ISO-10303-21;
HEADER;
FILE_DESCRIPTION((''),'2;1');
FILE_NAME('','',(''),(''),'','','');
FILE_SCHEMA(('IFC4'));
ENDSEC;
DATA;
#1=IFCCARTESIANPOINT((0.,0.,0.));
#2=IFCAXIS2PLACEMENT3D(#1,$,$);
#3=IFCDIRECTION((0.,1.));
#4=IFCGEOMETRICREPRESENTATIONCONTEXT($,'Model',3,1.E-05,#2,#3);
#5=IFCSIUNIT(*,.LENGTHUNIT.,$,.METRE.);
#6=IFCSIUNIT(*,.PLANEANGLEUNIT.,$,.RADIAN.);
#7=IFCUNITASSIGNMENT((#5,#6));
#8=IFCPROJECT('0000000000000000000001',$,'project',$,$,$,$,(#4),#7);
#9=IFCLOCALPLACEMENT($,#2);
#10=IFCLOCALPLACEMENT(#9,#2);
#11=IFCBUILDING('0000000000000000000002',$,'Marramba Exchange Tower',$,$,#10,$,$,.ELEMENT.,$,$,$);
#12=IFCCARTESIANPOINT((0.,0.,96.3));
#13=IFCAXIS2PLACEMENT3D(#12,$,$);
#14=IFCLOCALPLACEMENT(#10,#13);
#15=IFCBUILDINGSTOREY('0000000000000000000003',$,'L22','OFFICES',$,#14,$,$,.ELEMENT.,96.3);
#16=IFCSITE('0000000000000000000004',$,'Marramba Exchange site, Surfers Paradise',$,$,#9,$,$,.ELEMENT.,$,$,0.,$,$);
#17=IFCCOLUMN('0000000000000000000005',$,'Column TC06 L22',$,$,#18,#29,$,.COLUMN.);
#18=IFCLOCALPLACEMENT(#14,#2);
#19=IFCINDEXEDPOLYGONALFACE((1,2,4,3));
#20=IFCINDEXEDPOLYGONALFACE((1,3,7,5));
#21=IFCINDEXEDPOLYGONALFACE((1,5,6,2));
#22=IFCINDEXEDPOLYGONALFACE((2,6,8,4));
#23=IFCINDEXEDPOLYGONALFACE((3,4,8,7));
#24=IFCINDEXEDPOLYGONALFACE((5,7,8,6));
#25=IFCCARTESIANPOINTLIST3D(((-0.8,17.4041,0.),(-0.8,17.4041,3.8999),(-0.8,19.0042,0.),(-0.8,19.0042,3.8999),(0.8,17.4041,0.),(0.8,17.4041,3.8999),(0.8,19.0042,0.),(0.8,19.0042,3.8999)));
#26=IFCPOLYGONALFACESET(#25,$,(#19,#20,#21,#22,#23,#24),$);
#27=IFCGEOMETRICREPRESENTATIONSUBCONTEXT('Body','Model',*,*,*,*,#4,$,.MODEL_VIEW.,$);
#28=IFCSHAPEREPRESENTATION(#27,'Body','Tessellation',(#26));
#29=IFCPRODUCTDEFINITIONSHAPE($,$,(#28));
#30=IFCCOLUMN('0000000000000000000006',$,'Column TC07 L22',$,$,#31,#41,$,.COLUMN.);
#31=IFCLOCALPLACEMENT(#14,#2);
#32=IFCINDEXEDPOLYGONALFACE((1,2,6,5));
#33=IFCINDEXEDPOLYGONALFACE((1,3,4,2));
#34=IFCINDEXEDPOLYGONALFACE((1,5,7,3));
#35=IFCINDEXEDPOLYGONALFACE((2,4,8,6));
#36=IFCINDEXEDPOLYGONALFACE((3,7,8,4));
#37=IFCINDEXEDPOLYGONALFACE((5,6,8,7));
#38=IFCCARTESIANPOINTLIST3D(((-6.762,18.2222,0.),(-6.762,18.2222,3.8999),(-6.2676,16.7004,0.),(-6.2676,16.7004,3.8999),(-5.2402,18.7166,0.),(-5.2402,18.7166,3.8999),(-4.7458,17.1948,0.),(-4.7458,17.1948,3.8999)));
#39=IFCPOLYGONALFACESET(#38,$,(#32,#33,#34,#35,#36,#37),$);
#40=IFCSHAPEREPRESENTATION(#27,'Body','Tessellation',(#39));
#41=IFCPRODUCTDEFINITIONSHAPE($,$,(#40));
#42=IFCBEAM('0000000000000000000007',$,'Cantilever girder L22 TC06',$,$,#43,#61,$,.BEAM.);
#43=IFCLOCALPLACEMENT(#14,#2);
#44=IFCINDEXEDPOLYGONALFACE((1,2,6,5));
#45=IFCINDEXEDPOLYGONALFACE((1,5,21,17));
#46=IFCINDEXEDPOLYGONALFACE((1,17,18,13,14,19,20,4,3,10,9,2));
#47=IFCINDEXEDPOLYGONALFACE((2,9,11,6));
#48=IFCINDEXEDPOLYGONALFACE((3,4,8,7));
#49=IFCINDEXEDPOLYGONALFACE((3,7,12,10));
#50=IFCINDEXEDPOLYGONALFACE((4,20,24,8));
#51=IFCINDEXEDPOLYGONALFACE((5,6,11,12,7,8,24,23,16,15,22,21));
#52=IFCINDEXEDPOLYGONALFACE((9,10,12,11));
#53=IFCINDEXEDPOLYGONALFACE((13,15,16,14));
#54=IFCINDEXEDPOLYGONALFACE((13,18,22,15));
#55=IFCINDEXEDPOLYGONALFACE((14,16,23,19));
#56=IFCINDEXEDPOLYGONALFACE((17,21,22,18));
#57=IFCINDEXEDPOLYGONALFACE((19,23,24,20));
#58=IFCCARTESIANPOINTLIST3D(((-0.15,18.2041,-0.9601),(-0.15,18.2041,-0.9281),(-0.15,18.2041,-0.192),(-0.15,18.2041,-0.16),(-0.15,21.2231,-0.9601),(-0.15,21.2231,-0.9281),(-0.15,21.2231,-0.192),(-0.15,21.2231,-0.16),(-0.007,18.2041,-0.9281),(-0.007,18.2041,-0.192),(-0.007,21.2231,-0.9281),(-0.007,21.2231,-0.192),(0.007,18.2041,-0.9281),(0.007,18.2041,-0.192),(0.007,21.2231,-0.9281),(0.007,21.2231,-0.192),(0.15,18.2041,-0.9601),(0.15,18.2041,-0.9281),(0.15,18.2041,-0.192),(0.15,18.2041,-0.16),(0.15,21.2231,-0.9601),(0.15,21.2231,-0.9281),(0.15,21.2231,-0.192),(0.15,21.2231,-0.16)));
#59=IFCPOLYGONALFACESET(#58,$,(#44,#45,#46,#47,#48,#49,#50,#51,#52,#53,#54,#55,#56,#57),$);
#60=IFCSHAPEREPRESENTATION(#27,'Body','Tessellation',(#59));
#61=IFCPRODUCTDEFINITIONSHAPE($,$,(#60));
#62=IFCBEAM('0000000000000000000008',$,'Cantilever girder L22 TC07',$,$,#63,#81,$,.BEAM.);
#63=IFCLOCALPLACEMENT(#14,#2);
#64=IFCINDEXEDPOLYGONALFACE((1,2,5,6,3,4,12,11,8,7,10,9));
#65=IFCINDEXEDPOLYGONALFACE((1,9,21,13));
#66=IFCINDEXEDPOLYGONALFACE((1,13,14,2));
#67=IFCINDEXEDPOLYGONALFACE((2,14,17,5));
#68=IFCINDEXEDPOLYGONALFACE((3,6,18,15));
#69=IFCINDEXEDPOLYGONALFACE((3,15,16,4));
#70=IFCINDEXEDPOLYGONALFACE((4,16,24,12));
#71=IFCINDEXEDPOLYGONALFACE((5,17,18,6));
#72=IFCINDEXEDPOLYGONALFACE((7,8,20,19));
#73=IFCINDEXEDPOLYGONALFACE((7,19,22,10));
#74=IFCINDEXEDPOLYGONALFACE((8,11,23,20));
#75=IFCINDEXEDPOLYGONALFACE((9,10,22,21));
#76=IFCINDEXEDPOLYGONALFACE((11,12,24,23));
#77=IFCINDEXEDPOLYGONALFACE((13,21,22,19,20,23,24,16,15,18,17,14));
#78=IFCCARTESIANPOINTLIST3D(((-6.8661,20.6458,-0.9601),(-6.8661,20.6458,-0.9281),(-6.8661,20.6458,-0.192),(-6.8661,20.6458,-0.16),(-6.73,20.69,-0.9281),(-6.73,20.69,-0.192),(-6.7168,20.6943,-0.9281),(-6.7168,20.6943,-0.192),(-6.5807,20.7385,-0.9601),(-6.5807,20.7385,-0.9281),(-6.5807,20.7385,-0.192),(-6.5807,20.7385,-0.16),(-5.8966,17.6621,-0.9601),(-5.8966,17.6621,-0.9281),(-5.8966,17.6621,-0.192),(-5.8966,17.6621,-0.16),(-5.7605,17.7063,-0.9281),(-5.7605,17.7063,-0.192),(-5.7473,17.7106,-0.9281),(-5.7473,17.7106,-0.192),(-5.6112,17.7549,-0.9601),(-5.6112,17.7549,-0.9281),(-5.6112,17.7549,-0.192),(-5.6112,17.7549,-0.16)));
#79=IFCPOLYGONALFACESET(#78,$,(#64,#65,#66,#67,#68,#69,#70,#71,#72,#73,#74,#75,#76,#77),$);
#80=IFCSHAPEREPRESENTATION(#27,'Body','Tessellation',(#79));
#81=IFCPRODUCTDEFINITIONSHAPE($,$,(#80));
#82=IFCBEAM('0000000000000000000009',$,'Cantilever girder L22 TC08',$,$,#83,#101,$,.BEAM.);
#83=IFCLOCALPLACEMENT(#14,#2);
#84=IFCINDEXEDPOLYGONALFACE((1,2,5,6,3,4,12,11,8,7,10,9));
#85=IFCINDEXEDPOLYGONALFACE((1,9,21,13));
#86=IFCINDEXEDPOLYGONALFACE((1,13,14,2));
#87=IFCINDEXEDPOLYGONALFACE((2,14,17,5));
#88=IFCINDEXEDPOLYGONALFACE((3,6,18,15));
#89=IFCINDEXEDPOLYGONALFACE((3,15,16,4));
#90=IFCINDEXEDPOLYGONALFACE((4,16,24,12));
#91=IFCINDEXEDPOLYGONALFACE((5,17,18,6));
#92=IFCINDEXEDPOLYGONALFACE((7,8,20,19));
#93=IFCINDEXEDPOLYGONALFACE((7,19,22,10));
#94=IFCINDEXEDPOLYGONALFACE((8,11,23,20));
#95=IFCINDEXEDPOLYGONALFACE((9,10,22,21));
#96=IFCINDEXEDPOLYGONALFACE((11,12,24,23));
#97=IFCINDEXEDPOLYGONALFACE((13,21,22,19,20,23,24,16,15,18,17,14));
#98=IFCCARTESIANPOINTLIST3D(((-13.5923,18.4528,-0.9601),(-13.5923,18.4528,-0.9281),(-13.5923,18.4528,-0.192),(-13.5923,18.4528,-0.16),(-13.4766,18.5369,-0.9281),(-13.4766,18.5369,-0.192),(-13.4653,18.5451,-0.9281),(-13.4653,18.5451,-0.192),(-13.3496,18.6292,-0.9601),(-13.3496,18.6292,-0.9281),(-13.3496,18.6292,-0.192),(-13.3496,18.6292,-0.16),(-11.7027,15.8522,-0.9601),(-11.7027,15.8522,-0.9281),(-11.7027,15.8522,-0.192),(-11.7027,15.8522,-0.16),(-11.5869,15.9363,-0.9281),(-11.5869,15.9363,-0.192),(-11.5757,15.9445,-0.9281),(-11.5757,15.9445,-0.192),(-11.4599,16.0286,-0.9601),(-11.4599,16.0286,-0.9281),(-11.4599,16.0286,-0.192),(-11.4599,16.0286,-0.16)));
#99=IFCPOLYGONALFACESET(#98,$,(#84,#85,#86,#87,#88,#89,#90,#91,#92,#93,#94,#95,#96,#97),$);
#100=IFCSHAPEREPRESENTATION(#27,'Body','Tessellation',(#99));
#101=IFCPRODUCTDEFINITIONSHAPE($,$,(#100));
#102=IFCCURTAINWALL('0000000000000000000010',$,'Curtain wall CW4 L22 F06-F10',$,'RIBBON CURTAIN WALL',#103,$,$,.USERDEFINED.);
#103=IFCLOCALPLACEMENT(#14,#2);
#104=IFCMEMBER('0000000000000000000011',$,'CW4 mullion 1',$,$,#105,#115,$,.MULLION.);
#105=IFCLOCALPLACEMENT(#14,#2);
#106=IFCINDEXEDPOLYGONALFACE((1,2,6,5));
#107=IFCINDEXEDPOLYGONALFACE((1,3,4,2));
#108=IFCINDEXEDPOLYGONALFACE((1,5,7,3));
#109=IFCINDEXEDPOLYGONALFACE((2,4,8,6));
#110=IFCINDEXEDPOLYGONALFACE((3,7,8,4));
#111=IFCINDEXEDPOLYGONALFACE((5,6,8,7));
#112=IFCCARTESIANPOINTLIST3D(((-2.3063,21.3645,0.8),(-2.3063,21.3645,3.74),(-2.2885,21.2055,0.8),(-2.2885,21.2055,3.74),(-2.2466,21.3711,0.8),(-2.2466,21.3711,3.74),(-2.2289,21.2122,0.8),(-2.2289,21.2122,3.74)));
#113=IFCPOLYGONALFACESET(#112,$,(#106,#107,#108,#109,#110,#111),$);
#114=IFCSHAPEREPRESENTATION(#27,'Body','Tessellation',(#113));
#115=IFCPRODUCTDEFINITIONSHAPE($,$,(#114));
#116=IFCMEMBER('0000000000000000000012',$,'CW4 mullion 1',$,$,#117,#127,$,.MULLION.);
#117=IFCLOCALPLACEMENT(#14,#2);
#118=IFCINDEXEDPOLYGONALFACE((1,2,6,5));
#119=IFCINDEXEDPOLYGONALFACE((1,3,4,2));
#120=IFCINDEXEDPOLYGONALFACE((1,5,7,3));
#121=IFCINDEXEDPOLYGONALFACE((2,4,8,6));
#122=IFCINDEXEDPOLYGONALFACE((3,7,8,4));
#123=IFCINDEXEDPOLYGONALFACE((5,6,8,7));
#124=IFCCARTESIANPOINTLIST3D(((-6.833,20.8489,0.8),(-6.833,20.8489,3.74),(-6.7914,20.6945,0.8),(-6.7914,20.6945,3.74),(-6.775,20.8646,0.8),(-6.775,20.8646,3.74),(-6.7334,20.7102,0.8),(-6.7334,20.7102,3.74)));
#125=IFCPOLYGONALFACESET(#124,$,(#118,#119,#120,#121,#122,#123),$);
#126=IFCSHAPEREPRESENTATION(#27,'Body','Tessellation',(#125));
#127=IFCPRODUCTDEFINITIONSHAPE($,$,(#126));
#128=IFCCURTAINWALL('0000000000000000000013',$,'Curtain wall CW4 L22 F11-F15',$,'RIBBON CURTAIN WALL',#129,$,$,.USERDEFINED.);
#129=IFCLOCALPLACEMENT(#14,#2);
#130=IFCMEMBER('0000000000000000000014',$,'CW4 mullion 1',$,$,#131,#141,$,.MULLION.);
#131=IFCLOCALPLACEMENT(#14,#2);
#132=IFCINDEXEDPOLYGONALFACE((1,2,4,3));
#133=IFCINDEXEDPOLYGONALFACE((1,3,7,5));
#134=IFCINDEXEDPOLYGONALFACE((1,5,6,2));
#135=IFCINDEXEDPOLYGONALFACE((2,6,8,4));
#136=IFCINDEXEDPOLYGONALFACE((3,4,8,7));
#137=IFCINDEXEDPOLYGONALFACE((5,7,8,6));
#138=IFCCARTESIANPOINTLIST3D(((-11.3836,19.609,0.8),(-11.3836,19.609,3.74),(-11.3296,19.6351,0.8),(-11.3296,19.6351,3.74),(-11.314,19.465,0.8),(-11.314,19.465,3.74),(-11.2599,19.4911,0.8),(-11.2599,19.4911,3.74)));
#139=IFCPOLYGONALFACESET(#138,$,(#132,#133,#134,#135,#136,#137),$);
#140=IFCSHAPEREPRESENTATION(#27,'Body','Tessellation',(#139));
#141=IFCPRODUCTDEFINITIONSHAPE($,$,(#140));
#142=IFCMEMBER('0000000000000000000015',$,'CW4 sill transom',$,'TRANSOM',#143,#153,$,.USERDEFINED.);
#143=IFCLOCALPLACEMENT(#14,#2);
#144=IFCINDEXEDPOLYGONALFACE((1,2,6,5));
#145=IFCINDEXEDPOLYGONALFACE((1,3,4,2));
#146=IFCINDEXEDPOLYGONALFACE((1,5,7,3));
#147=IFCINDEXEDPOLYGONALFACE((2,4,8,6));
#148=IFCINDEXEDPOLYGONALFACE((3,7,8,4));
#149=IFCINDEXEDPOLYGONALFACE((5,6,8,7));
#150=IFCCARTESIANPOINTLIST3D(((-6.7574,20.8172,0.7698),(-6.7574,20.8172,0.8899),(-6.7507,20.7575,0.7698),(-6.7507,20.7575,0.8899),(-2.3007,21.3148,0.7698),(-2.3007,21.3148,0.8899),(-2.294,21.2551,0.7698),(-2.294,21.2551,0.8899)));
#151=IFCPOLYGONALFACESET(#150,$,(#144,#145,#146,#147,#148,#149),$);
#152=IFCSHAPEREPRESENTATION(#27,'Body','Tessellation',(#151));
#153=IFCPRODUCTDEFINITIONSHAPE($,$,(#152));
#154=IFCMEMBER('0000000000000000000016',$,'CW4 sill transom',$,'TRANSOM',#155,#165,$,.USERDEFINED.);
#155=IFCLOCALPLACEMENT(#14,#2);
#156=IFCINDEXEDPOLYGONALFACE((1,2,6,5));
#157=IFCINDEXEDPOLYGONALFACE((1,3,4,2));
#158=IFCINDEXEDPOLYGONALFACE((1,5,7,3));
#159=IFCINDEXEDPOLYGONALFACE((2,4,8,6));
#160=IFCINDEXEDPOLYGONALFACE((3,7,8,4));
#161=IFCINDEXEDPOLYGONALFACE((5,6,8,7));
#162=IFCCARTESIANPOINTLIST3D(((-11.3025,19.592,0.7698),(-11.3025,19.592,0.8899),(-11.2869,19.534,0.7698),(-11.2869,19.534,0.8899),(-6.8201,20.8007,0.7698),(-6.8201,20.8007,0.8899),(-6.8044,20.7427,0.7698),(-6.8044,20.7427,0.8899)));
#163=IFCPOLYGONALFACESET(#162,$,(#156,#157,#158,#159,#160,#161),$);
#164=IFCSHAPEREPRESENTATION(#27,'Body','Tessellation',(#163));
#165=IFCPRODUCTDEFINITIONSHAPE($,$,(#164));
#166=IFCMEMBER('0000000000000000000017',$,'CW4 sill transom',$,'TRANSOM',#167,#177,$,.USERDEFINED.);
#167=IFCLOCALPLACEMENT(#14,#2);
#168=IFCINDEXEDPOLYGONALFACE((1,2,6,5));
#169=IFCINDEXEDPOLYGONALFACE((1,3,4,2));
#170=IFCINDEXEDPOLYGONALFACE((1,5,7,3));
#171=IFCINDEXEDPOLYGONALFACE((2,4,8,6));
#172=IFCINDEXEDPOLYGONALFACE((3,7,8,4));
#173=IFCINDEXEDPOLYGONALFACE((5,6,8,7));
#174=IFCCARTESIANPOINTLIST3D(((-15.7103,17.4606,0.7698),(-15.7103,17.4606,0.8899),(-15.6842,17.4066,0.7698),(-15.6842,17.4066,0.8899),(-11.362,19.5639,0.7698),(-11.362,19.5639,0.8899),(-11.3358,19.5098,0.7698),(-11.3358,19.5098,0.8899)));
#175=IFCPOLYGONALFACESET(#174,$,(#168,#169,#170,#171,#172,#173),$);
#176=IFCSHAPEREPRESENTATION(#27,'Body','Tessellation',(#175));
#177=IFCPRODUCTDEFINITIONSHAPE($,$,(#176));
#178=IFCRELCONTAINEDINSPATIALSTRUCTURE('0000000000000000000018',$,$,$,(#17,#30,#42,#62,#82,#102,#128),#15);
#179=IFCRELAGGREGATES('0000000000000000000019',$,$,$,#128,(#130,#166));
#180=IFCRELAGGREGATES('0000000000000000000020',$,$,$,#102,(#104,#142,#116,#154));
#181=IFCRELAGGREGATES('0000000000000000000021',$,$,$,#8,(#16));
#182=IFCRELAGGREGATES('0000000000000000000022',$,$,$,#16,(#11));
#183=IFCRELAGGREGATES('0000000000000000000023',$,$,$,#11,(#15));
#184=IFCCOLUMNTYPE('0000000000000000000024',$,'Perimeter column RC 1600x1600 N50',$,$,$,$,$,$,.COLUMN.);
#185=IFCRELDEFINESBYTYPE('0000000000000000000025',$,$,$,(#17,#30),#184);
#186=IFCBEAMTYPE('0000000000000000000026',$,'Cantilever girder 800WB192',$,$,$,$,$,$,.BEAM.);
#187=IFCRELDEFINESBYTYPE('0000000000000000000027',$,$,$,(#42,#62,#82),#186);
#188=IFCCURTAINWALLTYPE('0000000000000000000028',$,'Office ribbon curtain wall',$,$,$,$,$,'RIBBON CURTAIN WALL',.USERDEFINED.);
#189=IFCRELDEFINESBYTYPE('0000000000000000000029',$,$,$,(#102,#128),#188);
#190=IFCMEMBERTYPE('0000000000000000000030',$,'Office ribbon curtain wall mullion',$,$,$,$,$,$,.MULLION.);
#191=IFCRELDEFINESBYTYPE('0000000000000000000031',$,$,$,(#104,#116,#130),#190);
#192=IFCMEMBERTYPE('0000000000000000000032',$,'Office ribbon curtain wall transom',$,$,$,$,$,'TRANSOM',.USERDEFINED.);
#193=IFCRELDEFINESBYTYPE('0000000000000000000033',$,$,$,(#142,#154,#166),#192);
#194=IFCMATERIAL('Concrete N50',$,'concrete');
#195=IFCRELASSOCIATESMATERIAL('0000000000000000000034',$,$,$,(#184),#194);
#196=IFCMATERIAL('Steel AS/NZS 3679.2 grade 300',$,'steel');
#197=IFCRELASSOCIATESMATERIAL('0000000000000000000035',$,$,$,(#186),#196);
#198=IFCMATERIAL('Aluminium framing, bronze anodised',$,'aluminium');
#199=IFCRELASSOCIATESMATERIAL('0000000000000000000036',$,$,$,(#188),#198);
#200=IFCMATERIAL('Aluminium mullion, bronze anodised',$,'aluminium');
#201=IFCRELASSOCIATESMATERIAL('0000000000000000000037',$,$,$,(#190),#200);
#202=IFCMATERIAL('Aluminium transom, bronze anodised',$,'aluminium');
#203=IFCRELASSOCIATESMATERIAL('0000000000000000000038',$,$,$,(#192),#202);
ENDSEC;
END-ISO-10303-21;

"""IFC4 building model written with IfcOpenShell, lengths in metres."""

from ifc_helpers import new_model, si_unit, direction, frame, origin, origin_2d, place, context, subcontext, project, spatial, rectangle, i_section, extrude, material, material_profile, profile_set, type_object, element, aggregate, save


model = new_model("IFC4")

# Units and contexts
model_context = context("Model", 3, precision=1e-05, world=origin(), true_north=direction((0.0, 1.0)))
body_context = subcontext(model_context, "Body", "Model", "MODEL_VIEW")
ifc_project = project(units=[si_unit("LENGTHUNIT", "METRE"), si_unit("PLANEANGLEUNIT", "RADIAN")], contexts=[model_context])

# Site, building, storey
site_placement = place(None, origin())
site = spatial("IfcSite", under=ifc_project, at=site_placement, Name="Marramba Exchange site, Surfers Paradise", CompositionType="ELEMENT", RefElevation=0.0)
building_placement = place(site_placement, origin())
building = spatial("IfcBuilding", under=site, at=building_placement, Name="Marramba Exchange Tower", CompositionType="ELEMENT")
storey_placement = place(building_placement, frame((0.0, 0.0, 96.3)))
storey = spatial("IfcBuildingStorey", under=building, at=storey_placement, Name="L22", Description="OFFICES", CompositionType="ELEMENT", Elevation=96.3)

# Columns
ifc_material_1 = material(Name="Concrete N50", Category="concrete")
ifc_material_profile_1 = material_profile(ifc_material_1, rectangle(XDim=1.6001, YDim=1.6001, at=origin_2d()), Name="RC 1600x1600")
ifc_profile_set_1 = profile_set([ifc_material_profile_1], Name="Concrete N50")
column_type = type_object("IfcColumnType", Name="Perimeter column RC 1600x1600 N50", PredefinedType="COLUMN", material=ifc_profile_set_1)
for number, where, z_axis, x_axis, name in (
    (1, (0.0, 18.2041, 0.0), (0.0, 0.0, 1.0), (0.0, 1.0, 0.0), "Column TC06 L22"),
    (2, (-5.7539, 17.7085, 0.0), (0.0, 0.0, 1.0), (-0.309017, 0.951057, 0.0), "Column TC07 L22"),
):
    element("IfcColumn", number, at=place(storey_placement, frame(where, z_axis=z_axis, x_axis=x_axis)), inside=storey, type_object=column_type, Name=name, PredefinedType="COLUMN", context=body_context, shape_type="SweptSolid", body=[
        extrude(rectangle(XDim=1.6001, YDim=1.6001, at=origin_2d()), origin(), (0.0, 0.0, 1.0), 3.8999),
    ])

# Beams
ifc_material_2 = material(Name="Steel AS/NZS 3679.2 grade 300", Category="steel")
ifc_material_profile_2 = material_profile(ifc_material_2, i_section(OverallWidth=0.3, OverallDepth=0.8, WebThickness=0.0139, FlangeThickness=0.032, at=origin_2d()), Name="800WB192")
ifc_profile_set_2 = profile_set([ifc_material_profile_2], Name="Steel AS/NZS 3679.2 grade 300")
beam_type_1 = type_object("IfcBeamType", Name="Cantilever girder 800WB192", PredefinedType="BEAM", material=ifc_profile_set_2)
beam_1_placement = place(storey_placement, frame((0.0, 18.2041, -0.5601), z_axis=(0.0, 1.0, 0.0), x_axis=(-1.0, 0.0, 0.0)))
element("IfcBeam", 3, at=beam_1_placement, inside=storey, type_object=beam_type_1, Name="Cantilever girder L22 TC06", PredefinedType="BEAM", context=body_context, shape_type="SweptSolid", body=[
    extrude(i_section(OverallWidth=0.3, OverallDepth=0.8, WebThickness=0.0139, FlangeThickness=0.032, at=origin_2d()), origin(), (0.0, 0.0, 1.0), 3.019),
])
beam_2_placement = place(storey_placement, frame((-5.7539, 17.7085, -0.5601), z_axis=(-0.309028, 0.951053, 0.0), x_axis=(-0.951053, -0.309028, 0.0)))
element("IfcBeam", 4, at=beam_2_placement, inside=storey, type_object=beam_type_1, Name="Cantilever girder L22 TC07", PredefinedType="BEAM", context=body_context, shape_type="SweptSolid", body=[
    extrude(i_section(OverallWidth=0.3, OverallDepth=0.8, WebThickness=0.0139, FlangeThickness=0.032, at=origin_2d()), origin(), (0.0, 0.0, 1.0), 3.1372),
])
beam_3_placement = place(storey_placement, frame((-11.5813, 15.9404, -0.5601), z_axis=(-0.587828, 0.808986, 0.0), x_axis=(-0.808986, -0.587828, 0.0)))
element("IfcBeam", 5, at=beam_3_placement, inside=storey, type_object=beam_type_1, Name="Cantilever girder L22 TC08", PredefinedType="BEAM", context=body_context, shape_type="SweptSolid", body=[
    extrude(i_section(OverallWidth=0.3, OverallDepth=0.8, WebThickness=0.0139, FlangeThickness=0.032, at=origin_2d()), origin(), (0.0, 0.0, 1.0), 3.2146),
])

# Curtain wall, members
ifc_material_3 = material(Name="Aluminium framing, bronze anodised", Category="aluminium")
curtain_wall_type = type_object("IfcCurtainWallType", Name="Office ribbon curtain wall", ElementType="RIBBON CURTAIN WALL", PredefinedType="USERDEFINED", material=ifc_material_3)
curtain_wall_1_placement = place(storey_placement, origin())
curtain_wall_1 = element("IfcCurtainWall", 6, at=curtain_wall_1_placement, inside=storey, type_object=curtain_wall_type, Name="Curtain wall CW4 L22 F06-F10", ObjectType="RIBBON CURTAIN WALL", PredefinedType="USERDEFINED")
ifc_material_4 = material(Name="Aluminium mullion, bronze anodised", Category="aluminium")
ifc_material_profile_3 = material_profile(ifc_material_4, rectangle(XDim=0.1599, YDim=0.0601, at=origin_2d()), Name="CW4 mullion 60x160")
ifc_profile_set_3 = profile_set([ifc_material_profile_3], Name="Aluminium mullion, bronze anodised")
member_type_1 = type_object("IfcMemberType", Name="Office ribbon curtain wall mullion", PredefinedType="MULLION", material=ifc_profile_set_3)
member_1_placement = place(storey_placement, frame((-2.2676, 21.2883, 0.8), z_axis=(0.0, 0.0, 1.0), x_axis=(0.110973, -0.993823, 0.0)))
member_1 = element("IfcMember", 7, at=member_1_placement, type_object=member_type_1, Name="CW4 mullion 1", PredefinedType="MULLION", context=body_context, shape_type="SweptSolid", body=[
    extrude(rectangle(XDim=0.1599, YDim=0.0601, at=origin_2d()), origin(), (0.0, 0.0, 1.0), 2.9399),
])
member_2_placement = place(storey_placement, frame((-6.7832, 20.7795, 0.8), z_axis=(0.0, 0.0, 1.0), x_axis=(0.260321, -0.965522, 0.0)))
member_2 = element("IfcMember", 8, at=member_2_placement, type_object=member_type_1, Name="CW4 mullion 1", PredefinedType="MULLION", context=body_context, shape_type="SweptSolid", body=[
    extrude(rectangle(XDim=0.1599, YDim=0.0601, at=origin_2d()), origin(), (0.0, 0.0, 1.0), 2.9399),
])

# Curtain wall, member
curtain_wall_2_placement = place(storey_placement, origin())
curtain_wall_2 = element("IfcCurtainWall", 9, at=curtain_wall_2_placement, inside=storey, type_object=curtain_wall_type, Name="Curtain wall CW4 L22 F11-F15", ObjectType="RIBBON CURTAIN WALL", PredefinedType="USERDEFINED")
member_3_placement = place(storey_placement, frame((-11.3218, 19.55, 0.8), z_axis=(0.0, 0.0, 1.0), x_axis=(0.435428, -0.900224, 0.0)))
member_3 = element("IfcMember", 10, at=member_3_placement, type_object=member_type_1, Name="CW4 mullion 1", PredefinedType="MULLION", context=body_context, shape_type="SweptSolid", body=[
    extrude(rectangle(XDim=0.1599, YDim=0.0601, at=origin_2d()), origin(), (0.0, 0.0, 1.0), 2.9399),
])

# Members
ifc_material_5 = material(Name="Aluminium transom, bronze anodised", Category="aluminium")
ifc_material_profile_4 = material_profile(ifc_material_5, rectangle(XDim=0.0601, YDim=0.1201, at=origin_2d()), Name="CW4 transom 60x120")
ifc_profile_set_4 = profile_set([ifc_material_profile_4], Name="Aluminium transom, bronze anodised")
member_type_2 = type_object("IfcMemberType", Name="Office ribbon curtain wall transom", ElementType="TRANSOM", PredefinedType="USERDEFINED", material=ifc_profile_set_4)
member_4_placement = place(storey_placement, frame((-2.2974, 21.2849, 0.8298), z_axis=(-0.993826, -0.110951, 0.0), x_axis=(0.110951, -0.993826, 0.0)))
member_4 = element("IfcMember", 11, at=member_4_placement, type_object=member_type_2, Name="CW4 sill transom", ObjectType="TRANSOM", PredefinedType="USERDEFINED", context=body_context, shape_type="SweptSolid", body=[
    extrude(rectangle(XDim=0.0601, YDim=0.1201, at=origin_2d()), origin(), (0.0, 0.0, 1.0), 4.4844),
])
member_5_placement = place(storey_placement, frame((-6.8123, 20.7717, 0.8298), z_axis=(-0.965511, -0.260362, 0.0), x_axis=(0.260362, -0.965511, 0.0)))
member_5 = element("IfcMember", 12, at=member_5_placement, type_object=member_type_2, Name="CW4 sill transom", ObjectType="TRANSOM", PredefinedType="USERDEFINED", context=body_context, shape_type="SweptSolid", body=[
    extrude(rectangle(XDim=0.0601, YDim=0.1201, at=origin_2d()), origin(), (0.0, 0.0, 1.0), 4.6426),
])
member_6_placement = place(storey_placement, frame((-11.3489, 19.5369, 0.8298), z_axis=(-0.900223, -0.435429, 0.0), x_axis=(0.435429, -0.900223, 0.0)))
member_6 = element("IfcMember", 13, at=member_6_placement, type_object=member_type_2, Name="CW4 sill transom", ObjectType="TRANSOM", PredefinedType="USERDEFINED", context=body_context, shape_type="SweptSolid", body=[
    extrude(rectangle(XDim=0.0601, YDim=0.1201, at=origin_2d()), origin(), (0.0, 0.0, 1.0), 4.8303),
])
aggregate(curtain_wall_2, [member_3, member_6])

aggregate(curtain_wall_1, [member_1, member_4, member_2, member_5])

save(model, "model.ifc")
